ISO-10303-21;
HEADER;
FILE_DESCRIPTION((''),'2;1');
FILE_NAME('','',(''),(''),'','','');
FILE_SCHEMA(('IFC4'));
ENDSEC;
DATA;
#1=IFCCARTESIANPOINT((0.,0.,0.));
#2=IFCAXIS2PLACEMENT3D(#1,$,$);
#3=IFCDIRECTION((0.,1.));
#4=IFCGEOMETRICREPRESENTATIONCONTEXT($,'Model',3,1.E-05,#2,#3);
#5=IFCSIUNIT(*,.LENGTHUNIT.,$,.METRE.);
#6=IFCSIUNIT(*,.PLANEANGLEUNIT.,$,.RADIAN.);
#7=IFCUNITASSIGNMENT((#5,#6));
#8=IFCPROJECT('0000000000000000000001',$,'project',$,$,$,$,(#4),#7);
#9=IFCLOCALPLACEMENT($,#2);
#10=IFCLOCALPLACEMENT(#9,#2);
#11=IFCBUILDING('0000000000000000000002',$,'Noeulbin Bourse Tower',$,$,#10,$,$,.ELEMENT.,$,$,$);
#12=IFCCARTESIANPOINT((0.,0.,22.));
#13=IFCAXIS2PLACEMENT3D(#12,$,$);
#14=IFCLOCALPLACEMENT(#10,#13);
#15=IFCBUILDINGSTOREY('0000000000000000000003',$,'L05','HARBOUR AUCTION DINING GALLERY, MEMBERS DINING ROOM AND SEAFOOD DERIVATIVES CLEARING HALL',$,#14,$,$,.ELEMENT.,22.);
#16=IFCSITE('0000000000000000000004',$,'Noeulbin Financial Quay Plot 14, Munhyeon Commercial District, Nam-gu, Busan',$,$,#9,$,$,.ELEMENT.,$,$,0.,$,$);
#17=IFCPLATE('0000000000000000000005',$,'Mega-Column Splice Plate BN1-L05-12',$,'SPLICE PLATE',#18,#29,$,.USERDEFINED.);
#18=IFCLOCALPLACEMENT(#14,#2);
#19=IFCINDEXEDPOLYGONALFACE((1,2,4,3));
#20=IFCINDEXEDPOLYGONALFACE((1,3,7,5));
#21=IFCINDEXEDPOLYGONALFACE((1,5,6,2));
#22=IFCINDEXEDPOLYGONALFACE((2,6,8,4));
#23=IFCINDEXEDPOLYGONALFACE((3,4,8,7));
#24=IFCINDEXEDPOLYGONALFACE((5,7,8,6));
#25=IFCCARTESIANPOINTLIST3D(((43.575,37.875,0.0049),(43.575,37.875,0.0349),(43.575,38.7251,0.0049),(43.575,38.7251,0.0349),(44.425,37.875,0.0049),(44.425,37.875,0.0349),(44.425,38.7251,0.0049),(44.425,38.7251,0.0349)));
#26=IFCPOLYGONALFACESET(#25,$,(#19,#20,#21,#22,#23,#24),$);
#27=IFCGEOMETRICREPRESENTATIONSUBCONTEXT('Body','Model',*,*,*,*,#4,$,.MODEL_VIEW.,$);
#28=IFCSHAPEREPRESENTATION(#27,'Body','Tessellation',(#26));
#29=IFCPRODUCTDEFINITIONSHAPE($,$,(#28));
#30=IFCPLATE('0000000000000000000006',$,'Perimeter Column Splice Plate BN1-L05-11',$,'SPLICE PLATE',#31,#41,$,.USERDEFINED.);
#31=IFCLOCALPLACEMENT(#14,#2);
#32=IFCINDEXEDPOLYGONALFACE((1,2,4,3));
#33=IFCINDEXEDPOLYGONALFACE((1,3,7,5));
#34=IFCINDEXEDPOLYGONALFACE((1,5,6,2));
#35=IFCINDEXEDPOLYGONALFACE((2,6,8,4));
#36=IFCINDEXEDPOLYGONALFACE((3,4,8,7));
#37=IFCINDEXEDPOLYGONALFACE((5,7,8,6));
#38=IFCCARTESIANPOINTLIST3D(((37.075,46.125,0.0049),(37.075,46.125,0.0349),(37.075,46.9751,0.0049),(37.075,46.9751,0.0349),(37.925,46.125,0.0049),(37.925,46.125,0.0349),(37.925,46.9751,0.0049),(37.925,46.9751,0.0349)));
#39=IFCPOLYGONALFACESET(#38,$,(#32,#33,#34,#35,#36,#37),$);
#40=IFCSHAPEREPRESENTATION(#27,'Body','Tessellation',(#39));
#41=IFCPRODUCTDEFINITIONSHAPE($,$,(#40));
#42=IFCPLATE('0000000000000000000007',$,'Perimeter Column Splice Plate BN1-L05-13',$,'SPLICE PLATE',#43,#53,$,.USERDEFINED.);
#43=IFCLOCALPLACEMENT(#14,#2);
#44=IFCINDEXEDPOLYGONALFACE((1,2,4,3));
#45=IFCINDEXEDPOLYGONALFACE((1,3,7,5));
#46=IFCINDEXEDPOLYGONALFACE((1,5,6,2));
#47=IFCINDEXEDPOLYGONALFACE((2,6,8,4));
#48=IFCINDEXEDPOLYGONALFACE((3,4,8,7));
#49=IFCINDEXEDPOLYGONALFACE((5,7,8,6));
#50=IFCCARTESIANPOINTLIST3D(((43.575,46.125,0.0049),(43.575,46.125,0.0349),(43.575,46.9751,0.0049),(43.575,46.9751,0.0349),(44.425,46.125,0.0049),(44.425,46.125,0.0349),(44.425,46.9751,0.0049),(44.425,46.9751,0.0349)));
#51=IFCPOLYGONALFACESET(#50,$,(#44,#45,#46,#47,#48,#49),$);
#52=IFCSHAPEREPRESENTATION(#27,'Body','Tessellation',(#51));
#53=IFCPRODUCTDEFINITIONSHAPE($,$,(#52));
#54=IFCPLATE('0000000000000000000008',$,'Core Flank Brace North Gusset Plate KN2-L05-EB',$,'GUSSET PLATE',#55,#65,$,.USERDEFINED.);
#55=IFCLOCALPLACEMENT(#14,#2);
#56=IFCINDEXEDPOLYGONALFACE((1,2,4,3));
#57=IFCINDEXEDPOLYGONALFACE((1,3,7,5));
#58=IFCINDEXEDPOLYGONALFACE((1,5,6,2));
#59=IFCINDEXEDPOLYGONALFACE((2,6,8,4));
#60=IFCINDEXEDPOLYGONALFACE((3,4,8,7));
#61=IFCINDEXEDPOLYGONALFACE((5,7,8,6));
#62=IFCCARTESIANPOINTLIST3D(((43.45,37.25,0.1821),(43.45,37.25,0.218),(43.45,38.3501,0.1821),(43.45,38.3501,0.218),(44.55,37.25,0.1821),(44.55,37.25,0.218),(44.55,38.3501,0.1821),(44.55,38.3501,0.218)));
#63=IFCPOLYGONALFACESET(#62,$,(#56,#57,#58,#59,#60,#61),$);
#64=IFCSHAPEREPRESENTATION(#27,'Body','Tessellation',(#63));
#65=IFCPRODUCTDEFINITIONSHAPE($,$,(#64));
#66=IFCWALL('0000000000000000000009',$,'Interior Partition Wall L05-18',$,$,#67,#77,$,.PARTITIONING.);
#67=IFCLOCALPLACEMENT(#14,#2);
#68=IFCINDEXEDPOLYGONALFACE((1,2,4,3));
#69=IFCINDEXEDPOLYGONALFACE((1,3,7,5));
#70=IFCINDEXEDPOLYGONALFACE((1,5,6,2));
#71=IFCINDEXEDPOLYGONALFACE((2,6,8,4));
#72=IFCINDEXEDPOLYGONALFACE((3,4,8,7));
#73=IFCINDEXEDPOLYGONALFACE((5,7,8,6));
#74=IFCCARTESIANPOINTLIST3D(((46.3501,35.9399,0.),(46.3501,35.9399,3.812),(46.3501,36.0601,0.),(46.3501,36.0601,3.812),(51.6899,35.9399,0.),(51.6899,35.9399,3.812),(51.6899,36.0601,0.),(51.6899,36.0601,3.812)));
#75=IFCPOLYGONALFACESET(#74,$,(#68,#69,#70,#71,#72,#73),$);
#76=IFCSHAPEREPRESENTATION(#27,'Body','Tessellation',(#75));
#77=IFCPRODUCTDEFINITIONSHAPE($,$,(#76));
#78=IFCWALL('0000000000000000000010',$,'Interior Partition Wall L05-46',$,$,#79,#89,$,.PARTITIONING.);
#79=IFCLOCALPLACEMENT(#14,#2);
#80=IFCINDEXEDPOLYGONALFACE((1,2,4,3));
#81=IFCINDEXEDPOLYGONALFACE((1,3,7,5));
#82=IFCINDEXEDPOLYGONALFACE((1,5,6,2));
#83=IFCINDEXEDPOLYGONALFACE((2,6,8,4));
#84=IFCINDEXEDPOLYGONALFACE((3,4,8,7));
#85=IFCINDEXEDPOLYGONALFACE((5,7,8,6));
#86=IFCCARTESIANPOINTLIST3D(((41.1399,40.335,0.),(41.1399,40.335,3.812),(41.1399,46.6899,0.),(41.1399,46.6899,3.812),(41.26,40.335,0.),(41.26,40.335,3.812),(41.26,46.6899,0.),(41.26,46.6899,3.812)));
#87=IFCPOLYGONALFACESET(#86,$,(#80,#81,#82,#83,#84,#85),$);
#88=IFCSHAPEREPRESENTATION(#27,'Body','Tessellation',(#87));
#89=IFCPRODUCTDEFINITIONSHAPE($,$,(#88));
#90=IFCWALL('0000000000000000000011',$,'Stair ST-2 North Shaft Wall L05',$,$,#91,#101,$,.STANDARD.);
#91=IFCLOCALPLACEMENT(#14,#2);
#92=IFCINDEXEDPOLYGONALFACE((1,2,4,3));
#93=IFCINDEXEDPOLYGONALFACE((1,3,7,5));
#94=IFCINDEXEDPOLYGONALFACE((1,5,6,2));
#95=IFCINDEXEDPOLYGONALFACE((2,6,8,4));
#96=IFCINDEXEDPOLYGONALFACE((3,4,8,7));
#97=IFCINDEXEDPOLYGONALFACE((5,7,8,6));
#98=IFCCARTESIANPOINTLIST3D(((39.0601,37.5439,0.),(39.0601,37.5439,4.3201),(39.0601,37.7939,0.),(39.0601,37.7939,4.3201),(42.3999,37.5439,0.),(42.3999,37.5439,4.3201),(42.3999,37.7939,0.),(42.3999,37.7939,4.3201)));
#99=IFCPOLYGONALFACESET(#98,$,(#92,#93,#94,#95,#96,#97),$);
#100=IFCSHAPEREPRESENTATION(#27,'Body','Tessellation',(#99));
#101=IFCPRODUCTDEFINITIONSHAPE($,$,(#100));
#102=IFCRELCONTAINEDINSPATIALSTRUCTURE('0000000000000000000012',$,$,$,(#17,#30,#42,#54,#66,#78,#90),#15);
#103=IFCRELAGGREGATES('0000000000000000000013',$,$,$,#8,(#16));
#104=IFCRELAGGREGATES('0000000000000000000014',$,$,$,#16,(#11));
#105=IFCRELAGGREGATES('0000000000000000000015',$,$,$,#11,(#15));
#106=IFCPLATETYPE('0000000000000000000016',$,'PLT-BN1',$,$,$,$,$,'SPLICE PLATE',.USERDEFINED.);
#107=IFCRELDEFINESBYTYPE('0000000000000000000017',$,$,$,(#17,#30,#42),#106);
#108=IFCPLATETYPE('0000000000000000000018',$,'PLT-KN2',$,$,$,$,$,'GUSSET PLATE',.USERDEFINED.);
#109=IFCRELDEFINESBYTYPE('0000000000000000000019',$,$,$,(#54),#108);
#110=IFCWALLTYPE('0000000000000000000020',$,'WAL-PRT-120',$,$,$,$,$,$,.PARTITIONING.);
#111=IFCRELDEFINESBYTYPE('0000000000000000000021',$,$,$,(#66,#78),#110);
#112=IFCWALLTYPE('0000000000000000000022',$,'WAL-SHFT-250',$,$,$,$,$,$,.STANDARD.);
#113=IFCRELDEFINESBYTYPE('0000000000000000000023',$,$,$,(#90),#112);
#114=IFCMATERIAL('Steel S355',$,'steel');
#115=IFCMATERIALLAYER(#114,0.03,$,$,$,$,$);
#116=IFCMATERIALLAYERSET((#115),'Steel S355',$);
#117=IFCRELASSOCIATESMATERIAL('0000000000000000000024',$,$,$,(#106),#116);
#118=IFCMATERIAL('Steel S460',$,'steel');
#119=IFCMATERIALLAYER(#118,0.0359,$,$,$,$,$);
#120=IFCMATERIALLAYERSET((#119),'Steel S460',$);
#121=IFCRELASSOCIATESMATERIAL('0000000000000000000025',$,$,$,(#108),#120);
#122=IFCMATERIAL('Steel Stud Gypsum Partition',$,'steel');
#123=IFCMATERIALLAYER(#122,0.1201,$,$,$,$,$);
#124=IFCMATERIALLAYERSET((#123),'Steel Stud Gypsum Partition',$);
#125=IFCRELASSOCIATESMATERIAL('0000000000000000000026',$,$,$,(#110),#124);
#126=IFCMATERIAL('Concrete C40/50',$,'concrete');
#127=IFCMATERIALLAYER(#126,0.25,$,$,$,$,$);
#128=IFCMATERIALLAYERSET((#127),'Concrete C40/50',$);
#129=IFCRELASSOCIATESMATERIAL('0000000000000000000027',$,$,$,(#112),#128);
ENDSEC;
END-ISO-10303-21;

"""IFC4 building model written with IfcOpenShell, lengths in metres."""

from ifc_helpers import new_model, si_unit, direction, frame, frame_2d, origin, origin_2d, place, context, subcontext, project, spatial, rectangle, extrude, material, layer, layer_set, type_object, element, save


model = new_model("IFC4")

# Units and contexts
model_context = context("Model", 3, precision=1e-05, world=origin(), true_north=direction((0.0, 1.0)))
body_context = subcontext(model_context, "Body", "Model", "MODEL_VIEW")
ifc_project = project(units=[si_unit("LENGTHUNIT", "METRE"), si_unit("PLANEANGLEUNIT", "RADIAN")], contexts=[model_context])

# Site, building, storey
site_placement = place(None, origin())
site = spatial("IfcSite", under=ifc_project, at=site_placement, Name="Noeulbin Financial Quay Plot 14, Munhyeon Commercial District, Nam-gu, Busan", CompositionType="ELEMENT", RefElevation=0.0)
building_placement = place(site_placement, origin())
building = spatial("IfcBuilding", under=site, at=building_placement, Name="Noeulbin Bourse Tower", CompositionType="ELEMENT")
storey_placement = place(building_placement, frame((0.0, 0.0, 22.0)))
storey = spatial("IfcBuildingStorey", under=building, at=storey_placement, Name="L05", Description="HARBOUR AUCTION DINING GALLERY, MEMBERS DINING ROOM AND SEAFOOD DERIVATIVES CLEARING HALL", CompositionType="ELEMENT", Elevation=22.0)

# Shared definitions
ifc_material_1 = material(Name="Steel S460", Category="steel")

# Shared definitions
ifc_material_2 = material(Name="Steel S355", Category="steel")

# Plates
ifc_layer_1 = layer(ifc_material_2, 0.03)
ifc_layer_set_1 = layer_set([ifc_layer_1], Name="Steel S355")
plate_type_1 = type_object("IfcPlateType", Name="PLT-BN1", ElementType="SPLICE PLATE", PredefinedType="USERDEFINED", material=ifc_layer_set_1)
for number, where, z_axis, x_axis, name in (
    (1, (44.0, 38.3, 0.0049), (0.0, 0.0, 1.0), (1.0, 0.0, 0.0), "Mega-Column Splice Plate BN1-L05-12"),
    (2, (37.5, 46.55, 0.0049), (0.0, 0.0, 1.0), (1.0, 0.0, 0.0), "Perimeter Column Splice Plate BN1-L05-11"),
    (3, (44.0, 46.55, 0.0049), (0.0, 0.0, 1.0), (1.0, 0.0, 0.0), "Perimeter Column Splice Plate BN1-L05-13"),
):
    element("IfcPlate", number, at=place(storey_placement, frame(where, z_axis=z_axis, x_axis=x_axis)), inside=storey, type_object=plate_type_1, Name=name, ObjectType="SPLICE PLATE", PredefinedType="USERDEFINED", context=body_context, shape_type="SweptSolid", body=[
        extrude(rectangle(XDim=0.8501, YDim=0.8501, at=origin_2d()), origin(), (0.0, 0.0, 1.0), 0.03),
    ])
ifc_layer_2 = layer(ifc_material_1, 0.0359)
ifc_layer_set_2 = layer_set([ifc_layer_2], Name="Steel S460")
plate_type_2 = type_object("IfcPlateType", Name="PLT-KN2", ElementType="GUSSET PLATE", PredefinedType="USERDEFINED", material=ifc_layer_set_2)
plate_1_placement = place(storey_placement, frame((44.0, 37.8, 0.1821), z_axis=(0.0, 0.0, 1.0), x_axis=(1.0, 0.0, 0.0)))
element("IfcPlate", 4, at=plate_1_placement, inside=storey, type_object=plate_type_2, Name="Core Flank Brace North Gusset Plate KN2-L05-EB", ObjectType="GUSSET PLATE", PredefinedType="USERDEFINED", context=body_context, shape_type="SweptSolid", body=[
    extrude(rectangle(XDim=1.1001, YDim=1.1001, at=origin_2d()), origin(), (0.0, 0.0, 1.0), 0.0359),
])

# Walls
ifc_material_3 = material(Name="Steel Stud Gypsum Partition", Category="steel")
ifc_layer_3 = layer(ifc_material_3, 0.1201)
ifc_layer_set_3 = layer_set([ifc_layer_3], Name="Steel Stud Gypsum Partition")
wall_type_1 = type_object("IfcWallType", Name="WAL-PRT-120", PredefinedType="PARTITIONING", material=ifc_layer_set_3)
wall_1_placement = place(storey_placement, frame((46.3501, 36.0, 0.0), z_axis=(0.0, 0.0, 1.0), x_axis=(1.0, 0.0, 0.0)))
element("IfcWall", 5, at=wall_1_placement, inside=storey, type_object=wall_type_1, Name="Interior Partition Wall L05-18", PredefinedType="PARTITIONING", context=body_context, shape_type="SweptSolid", body=[
    extrude(rectangle(XDim=5.3398, YDim=0.1201, at=frame_2d((2.6699, 0.0))), origin(), (0.0, 0.0, 1.0), 3.812),
])
wall_2_placement = place(storey_placement, frame((41.2, 40.335, 0.0), z_axis=(0.0, 0.0, 1.0), x_axis=(0.0, 1.0, 0.0)))
element("IfcWall", 6, at=wall_2_placement, inside=storey, type_object=wall_type_1, Name="Interior Partition Wall L05-46", PredefinedType="PARTITIONING", context=body_context, shape_type="SweptSolid", body=[
    extrude(rectangle(XDim=6.355, YDim=0.1201, at=frame_2d((3.1775, 0.0))), origin(), (0.0, 0.0, 1.0), 3.812),
])
ifc_material_4 = material(Name="Concrete C40/50", Category="concrete")
ifc_layer_4 = layer(ifc_material_4, 0.25)
ifc_layer_set_4 = layer_set([ifc_layer_4], Name="Concrete C40/50")
wall_type_2 = type_object("IfcWallType", Name="WAL-SHFT-250", PredefinedType="STANDARD", material=ifc_layer_set_4)
wall_3_placement = place(storey_placement, frame((39.0601, 37.6689, 0.0), z_axis=(0.0, 0.0, 1.0), x_axis=(1.0, 0.0, 0.0)))
element("IfcWall", 7, at=wall_3_placement, inside=storey, type_object=wall_type_2, Name="Stair ST-2 North Shaft Wall L05", PredefinedType="STANDARD", context=body_context, shape_type="SweptSolid", body=[
    extrude(rectangle(XDim=3.3398, YDim=0.25, at=frame_2d((1.6699, 0.0))), origin(), (0.0, 0.0, 1.0), 4.3201),
])

save(model, "model.ifc")
